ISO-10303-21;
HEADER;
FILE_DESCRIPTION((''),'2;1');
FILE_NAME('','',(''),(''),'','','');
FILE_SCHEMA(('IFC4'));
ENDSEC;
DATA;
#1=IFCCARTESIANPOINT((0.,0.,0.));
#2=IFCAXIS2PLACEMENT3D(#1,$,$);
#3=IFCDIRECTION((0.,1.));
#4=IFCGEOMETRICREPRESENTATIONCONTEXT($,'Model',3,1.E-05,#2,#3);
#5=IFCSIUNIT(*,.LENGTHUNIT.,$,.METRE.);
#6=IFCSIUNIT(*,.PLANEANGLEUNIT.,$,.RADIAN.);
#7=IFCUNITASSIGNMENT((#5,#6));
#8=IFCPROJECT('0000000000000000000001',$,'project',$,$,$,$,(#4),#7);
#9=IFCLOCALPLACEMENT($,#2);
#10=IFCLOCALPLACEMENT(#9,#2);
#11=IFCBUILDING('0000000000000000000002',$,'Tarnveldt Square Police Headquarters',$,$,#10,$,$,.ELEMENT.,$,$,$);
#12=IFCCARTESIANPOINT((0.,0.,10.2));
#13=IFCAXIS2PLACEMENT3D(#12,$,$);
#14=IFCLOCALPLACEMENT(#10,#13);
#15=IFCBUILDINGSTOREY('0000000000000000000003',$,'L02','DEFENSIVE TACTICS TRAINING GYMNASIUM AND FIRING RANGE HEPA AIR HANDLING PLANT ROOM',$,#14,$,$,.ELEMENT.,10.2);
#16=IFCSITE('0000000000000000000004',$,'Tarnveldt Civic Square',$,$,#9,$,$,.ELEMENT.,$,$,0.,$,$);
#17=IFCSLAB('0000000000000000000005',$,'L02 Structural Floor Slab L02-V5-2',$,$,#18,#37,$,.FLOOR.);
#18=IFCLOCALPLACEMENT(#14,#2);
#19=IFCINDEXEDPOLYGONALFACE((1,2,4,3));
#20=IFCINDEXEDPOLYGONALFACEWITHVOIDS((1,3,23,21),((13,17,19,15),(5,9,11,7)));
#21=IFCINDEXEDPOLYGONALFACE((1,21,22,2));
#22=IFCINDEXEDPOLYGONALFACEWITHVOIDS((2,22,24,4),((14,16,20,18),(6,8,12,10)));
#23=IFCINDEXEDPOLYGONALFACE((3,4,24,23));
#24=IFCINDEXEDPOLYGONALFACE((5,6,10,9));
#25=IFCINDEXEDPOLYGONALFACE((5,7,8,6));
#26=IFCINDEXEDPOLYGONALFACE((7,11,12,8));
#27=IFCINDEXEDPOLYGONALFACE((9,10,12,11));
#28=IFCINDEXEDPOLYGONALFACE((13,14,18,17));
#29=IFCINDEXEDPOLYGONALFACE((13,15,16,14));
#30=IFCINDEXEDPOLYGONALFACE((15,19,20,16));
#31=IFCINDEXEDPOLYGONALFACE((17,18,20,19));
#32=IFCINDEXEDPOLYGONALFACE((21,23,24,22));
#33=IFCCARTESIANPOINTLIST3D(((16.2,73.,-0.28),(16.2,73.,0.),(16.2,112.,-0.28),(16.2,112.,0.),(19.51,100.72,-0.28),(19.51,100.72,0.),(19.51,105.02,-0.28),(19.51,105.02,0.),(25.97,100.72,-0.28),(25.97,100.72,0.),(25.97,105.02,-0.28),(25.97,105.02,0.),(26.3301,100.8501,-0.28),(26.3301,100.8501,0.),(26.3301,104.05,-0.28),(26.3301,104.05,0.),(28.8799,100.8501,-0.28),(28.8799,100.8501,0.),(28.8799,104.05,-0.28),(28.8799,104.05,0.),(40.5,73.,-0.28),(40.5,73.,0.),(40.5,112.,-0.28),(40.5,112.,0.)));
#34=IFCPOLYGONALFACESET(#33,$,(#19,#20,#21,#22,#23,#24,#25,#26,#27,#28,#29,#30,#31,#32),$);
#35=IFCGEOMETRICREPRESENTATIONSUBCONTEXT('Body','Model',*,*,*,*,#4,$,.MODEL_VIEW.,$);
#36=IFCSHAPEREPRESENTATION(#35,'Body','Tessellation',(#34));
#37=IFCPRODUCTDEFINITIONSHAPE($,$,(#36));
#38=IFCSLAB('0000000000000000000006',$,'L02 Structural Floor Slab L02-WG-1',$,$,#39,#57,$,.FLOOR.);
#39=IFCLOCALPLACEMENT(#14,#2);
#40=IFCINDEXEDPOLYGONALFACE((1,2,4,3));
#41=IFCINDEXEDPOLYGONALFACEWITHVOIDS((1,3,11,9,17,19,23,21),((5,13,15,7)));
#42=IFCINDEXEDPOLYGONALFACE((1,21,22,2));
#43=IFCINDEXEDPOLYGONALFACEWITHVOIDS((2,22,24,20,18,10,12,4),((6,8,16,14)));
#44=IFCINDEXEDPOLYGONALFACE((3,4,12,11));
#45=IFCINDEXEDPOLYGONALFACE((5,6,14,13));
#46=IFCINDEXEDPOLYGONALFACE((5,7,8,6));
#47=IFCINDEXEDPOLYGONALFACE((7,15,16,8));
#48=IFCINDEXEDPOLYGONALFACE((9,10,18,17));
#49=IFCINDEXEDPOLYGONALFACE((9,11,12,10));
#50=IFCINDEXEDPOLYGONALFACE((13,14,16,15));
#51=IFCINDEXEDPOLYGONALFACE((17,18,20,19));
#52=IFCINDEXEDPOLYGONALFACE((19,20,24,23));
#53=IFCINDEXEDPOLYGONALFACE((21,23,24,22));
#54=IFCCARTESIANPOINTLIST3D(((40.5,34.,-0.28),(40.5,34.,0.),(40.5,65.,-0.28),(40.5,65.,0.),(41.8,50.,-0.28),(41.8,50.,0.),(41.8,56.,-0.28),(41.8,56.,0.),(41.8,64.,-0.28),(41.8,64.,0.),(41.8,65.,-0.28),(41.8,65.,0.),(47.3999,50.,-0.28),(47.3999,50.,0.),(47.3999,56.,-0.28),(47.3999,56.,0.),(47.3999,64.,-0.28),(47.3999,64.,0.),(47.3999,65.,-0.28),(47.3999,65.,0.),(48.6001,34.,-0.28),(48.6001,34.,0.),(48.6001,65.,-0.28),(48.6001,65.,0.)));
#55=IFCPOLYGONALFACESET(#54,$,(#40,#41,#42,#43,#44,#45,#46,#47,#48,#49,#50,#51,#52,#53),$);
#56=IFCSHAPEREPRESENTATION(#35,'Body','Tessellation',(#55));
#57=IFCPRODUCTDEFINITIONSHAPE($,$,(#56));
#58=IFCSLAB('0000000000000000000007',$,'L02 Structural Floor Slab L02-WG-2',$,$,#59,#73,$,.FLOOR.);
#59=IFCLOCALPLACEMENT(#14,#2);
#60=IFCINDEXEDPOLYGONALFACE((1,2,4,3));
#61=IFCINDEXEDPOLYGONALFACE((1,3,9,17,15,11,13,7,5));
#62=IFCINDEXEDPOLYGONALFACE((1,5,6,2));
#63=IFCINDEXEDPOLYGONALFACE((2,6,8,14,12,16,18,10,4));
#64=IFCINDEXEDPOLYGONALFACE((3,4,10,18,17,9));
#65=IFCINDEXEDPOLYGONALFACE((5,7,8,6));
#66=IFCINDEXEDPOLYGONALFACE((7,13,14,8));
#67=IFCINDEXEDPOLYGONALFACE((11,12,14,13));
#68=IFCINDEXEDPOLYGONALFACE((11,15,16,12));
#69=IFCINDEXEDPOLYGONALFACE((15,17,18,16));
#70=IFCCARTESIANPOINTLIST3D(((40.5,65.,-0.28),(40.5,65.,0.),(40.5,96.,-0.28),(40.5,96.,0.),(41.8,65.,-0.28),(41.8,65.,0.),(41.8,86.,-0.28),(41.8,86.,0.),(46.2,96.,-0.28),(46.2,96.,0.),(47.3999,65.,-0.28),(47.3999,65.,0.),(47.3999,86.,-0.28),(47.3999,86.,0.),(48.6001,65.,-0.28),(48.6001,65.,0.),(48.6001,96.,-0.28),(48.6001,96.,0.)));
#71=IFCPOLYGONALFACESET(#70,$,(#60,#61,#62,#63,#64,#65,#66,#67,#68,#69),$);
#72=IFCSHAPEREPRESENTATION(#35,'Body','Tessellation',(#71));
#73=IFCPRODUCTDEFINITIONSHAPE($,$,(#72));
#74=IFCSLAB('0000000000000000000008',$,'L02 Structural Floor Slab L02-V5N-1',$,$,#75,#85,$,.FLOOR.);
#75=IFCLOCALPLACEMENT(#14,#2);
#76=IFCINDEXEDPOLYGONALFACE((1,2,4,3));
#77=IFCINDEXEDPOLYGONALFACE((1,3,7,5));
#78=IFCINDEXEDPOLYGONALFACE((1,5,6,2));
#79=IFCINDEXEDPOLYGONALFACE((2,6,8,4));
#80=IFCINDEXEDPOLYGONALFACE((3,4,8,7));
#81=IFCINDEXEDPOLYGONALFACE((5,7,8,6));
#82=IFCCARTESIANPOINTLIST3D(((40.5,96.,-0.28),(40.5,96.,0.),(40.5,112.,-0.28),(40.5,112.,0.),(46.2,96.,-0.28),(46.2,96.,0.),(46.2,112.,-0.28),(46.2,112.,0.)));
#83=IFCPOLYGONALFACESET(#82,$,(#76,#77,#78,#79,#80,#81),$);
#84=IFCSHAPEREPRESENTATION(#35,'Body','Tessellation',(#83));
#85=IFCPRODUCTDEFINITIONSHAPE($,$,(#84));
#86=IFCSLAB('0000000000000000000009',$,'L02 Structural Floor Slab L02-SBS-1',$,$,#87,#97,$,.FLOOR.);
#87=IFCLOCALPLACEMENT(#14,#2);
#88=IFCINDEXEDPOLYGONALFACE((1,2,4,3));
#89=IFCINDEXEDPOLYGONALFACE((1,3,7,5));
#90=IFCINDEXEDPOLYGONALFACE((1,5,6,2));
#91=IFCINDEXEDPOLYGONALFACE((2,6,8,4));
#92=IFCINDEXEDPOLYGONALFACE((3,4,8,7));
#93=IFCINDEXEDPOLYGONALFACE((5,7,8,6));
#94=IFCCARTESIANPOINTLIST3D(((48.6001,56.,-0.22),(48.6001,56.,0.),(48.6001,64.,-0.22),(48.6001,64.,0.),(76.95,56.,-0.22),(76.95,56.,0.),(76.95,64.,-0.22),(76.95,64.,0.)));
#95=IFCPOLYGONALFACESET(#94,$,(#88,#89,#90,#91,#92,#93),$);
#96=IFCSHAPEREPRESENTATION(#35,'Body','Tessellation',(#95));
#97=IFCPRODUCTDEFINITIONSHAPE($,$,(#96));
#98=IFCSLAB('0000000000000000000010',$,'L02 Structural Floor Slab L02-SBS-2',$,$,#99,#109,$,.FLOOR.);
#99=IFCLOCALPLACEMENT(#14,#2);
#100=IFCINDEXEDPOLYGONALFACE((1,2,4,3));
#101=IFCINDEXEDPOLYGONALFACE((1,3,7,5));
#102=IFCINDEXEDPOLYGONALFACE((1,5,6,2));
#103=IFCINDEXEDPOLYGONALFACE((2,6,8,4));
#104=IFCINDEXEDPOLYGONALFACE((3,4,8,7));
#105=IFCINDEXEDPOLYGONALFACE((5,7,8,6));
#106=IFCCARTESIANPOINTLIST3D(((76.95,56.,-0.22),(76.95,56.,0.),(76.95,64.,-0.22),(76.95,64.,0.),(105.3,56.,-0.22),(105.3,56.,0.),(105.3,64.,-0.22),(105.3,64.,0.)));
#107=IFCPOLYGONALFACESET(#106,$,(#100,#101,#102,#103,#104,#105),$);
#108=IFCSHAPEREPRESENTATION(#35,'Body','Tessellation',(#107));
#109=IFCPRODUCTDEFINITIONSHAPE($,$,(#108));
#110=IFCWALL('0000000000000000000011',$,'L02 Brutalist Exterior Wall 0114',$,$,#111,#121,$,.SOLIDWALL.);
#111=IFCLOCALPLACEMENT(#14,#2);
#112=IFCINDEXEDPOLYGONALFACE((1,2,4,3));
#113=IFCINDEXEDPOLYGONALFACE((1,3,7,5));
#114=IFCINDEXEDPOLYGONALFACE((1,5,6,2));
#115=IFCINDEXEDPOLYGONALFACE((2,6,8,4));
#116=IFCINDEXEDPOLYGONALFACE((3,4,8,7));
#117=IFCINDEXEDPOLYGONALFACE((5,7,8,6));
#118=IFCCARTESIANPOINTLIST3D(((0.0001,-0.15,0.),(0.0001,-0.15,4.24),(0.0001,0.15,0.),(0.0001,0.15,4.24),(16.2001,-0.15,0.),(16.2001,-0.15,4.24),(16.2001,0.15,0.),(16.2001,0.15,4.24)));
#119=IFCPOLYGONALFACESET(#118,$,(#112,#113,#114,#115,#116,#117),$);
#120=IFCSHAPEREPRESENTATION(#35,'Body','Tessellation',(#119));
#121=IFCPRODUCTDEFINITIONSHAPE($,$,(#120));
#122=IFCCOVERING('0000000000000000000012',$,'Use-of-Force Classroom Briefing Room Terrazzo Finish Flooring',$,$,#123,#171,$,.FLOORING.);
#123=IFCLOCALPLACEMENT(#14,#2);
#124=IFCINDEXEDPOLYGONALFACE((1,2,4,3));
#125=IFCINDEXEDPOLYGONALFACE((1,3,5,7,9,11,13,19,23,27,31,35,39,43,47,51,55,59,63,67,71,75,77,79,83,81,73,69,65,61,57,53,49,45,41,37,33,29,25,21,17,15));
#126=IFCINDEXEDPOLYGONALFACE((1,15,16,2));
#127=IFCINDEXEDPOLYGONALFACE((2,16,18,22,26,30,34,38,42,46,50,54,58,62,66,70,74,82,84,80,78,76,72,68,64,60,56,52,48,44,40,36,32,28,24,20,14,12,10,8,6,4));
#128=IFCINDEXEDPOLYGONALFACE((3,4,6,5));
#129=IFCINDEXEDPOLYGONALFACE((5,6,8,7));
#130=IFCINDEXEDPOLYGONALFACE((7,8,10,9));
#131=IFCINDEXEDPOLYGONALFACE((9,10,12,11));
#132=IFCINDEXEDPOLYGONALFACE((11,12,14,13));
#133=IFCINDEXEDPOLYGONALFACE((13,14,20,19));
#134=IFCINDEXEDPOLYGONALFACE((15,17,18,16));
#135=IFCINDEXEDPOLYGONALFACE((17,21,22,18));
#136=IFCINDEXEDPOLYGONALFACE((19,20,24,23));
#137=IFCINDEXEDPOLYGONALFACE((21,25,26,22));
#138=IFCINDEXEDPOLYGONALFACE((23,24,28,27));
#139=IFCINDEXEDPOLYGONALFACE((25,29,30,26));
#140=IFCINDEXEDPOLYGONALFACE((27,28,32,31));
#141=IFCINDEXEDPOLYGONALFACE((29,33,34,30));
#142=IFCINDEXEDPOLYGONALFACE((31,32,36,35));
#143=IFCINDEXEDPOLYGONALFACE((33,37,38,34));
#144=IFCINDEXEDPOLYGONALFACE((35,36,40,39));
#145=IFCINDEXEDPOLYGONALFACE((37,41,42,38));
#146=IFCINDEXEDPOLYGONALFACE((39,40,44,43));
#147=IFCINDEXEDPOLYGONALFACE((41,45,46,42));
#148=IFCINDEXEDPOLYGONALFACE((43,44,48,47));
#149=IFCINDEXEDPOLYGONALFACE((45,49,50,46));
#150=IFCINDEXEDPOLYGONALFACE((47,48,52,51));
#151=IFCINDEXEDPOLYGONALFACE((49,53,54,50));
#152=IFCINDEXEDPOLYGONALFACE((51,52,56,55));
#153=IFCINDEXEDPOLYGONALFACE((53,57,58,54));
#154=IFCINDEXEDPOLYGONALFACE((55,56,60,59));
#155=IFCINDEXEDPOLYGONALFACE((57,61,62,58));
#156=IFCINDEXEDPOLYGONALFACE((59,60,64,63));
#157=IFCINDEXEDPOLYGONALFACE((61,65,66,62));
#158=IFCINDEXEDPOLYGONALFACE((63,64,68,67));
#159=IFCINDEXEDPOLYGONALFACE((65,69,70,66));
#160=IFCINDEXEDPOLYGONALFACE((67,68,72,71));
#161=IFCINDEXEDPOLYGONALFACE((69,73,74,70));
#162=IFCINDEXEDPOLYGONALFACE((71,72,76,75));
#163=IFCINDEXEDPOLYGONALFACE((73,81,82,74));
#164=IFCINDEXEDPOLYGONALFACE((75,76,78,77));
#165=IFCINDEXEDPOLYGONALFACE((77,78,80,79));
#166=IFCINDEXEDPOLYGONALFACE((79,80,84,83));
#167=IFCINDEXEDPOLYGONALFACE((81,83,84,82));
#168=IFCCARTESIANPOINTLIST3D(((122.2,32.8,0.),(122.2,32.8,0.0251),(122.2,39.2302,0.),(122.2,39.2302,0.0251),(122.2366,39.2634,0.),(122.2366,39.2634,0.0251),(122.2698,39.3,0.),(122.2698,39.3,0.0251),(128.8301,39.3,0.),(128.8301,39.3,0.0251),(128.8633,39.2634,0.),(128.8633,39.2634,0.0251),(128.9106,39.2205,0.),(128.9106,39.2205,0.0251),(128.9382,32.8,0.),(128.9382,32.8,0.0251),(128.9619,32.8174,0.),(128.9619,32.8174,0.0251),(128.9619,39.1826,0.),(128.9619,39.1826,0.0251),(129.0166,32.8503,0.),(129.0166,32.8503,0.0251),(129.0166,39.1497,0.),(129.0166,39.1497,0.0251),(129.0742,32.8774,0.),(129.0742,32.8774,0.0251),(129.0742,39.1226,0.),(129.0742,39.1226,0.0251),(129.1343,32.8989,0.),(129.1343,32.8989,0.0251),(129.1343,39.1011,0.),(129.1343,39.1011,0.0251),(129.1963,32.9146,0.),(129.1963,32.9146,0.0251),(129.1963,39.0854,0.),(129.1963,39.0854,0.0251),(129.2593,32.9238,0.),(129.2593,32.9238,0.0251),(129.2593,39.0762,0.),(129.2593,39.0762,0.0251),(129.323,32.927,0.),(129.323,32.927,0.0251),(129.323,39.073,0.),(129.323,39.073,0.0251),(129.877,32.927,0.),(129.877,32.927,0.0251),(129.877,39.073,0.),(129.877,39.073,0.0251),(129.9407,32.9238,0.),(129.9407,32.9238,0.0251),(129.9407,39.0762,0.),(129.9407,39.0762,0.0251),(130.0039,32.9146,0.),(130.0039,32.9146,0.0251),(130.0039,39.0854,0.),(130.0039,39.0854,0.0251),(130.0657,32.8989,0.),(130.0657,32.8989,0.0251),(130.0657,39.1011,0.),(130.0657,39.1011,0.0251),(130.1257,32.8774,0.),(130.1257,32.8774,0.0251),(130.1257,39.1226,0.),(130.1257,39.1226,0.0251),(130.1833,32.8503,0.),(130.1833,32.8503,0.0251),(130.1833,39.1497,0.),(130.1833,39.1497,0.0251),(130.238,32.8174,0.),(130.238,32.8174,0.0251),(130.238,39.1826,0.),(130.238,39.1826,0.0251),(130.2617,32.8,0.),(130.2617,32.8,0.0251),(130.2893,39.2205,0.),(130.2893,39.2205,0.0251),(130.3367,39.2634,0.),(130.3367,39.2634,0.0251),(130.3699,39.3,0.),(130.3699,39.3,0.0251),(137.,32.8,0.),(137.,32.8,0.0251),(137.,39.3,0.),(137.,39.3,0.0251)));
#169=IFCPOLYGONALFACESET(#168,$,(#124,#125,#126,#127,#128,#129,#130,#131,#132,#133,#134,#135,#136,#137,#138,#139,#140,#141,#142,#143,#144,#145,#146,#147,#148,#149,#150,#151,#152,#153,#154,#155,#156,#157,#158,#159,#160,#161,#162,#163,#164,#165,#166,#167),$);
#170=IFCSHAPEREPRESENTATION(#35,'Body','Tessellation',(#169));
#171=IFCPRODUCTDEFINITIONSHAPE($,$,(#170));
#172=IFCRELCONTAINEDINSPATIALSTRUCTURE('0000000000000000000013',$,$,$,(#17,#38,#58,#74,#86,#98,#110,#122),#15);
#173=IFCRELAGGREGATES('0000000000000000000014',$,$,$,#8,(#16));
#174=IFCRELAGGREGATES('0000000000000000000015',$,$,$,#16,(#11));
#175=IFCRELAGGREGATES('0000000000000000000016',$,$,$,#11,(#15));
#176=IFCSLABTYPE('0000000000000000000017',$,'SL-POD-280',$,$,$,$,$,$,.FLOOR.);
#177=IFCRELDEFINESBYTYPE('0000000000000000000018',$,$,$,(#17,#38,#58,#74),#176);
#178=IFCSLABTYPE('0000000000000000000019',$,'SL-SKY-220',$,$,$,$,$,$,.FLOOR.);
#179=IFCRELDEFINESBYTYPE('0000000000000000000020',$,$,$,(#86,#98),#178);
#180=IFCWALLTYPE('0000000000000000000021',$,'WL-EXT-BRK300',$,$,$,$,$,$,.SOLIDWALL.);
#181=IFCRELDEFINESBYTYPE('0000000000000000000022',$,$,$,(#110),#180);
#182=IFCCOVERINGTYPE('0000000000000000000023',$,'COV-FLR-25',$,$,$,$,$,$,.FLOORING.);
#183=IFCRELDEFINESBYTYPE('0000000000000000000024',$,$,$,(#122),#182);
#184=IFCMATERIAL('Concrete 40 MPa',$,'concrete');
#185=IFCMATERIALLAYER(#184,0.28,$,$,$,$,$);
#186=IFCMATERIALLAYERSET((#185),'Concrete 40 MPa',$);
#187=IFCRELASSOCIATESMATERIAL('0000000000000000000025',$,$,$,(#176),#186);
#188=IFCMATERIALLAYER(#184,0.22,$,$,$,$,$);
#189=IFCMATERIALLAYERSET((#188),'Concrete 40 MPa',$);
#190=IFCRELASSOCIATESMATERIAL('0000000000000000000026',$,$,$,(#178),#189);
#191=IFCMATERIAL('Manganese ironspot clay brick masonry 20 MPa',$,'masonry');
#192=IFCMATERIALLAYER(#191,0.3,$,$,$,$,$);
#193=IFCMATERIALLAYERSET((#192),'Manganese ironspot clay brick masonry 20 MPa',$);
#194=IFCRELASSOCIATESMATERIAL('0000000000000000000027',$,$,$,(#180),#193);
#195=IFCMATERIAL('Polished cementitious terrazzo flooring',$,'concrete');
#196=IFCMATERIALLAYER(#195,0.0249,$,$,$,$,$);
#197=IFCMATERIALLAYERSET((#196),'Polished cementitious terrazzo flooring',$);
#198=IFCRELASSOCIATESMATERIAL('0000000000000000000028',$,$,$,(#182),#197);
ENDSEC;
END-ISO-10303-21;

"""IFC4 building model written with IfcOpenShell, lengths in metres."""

from ifc_helpers import new_model, si_unit, direction, frame, frame_2d, origin, origin_with_axes, place, context, subcontext, project, spatial, polyline, rectangle, outline, extrude, material, layer, layer_set, type_object, element, save


model = new_model("IFC4")

# Units and contexts
model_context = context("Model", 3, precision=1e-05, world=origin(), true_north=direction((0.0, 1.0)))
body_context = subcontext(model_context, "Body", "Model", "MODEL_VIEW")
ifc_project = project(units=[si_unit("LENGTHUNIT", "METRE"), si_unit("PLANEANGLEUNIT", "RADIAN")], contexts=[model_context])

# Site, building, storey
site_placement = place(None, origin())
site = spatial("IfcSite", under=ifc_project, at=site_placement, Name="Tarnveldt Civic Square", CompositionType="ELEMENT", RefElevation=0.0)
building_placement = place(site_placement, origin())
building = spatial("IfcBuilding", under=site, at=building_placement, Name="Tarnveldt Square Police Headquarters", CompositionType="ELEMENT")
storey_placement = place(building_placement, frame((0.0, 0.0, 10.2)))
storey = spatial("IfcBuildingStorey", under=building, at=storey_placement, Name="L02", Description="DEFENSIVE TACTICS TRAINING GYMNASIUM AND FIRING RANGE HEPA AIR HANDLING PLANT ROOM", CompositionType="ELEMENT", Elevation=10.2)

# Shared definitions
ifc_material_1 = material(Name="Concrete 40 MPa", Category="concrete")

# Slabs
ifc_layer_1 = layer(ifc_material_1, 0.28)
ifc_layer_set_1 = layer_set([ifc_layer_1], Name="Concrete 40 MPa")
slab_type_1 = type_object("IfcSlabType", Name="SL-POD-280", PredefinedType="FLOOR", material=ifc_layer_set_1)
slab_1_placement = place(storey_placement, frame((0.0, 0.0, -0.28)))
element("IfcSlab", 1, at=slab_1_placement, inside=storey, type_object=slab_type_1, Name="L02 Structural Floor Slab L02-V5-2", PredefinedType="FLOOR", context=body_context, shape_type="SweptSolid", body=[
    extrude(outline(polyline([(40.5, 73.0), (16.2, 73.0), (16.2, 112.0), (40.5, 112.0), (40.5, 73.0)]), holes=[polyline([(26.3301, 104.05), (26.3301, 100.8501), (28.8799, 100.8501), (28.8799, 104.05), (26.3301, 104.05)]), polyline([(19.51, 105.02), (19.51, 100.72), (25.97, 100.72), (25.97, 105.02), (19.51, 105.02)])]), origin(), (0.0, 0.0, 1.0), 0.28),
])
slab_2_placement = place(storey_placement, frame((0.0, 0.0, -0.28)))
element("IfcSlab", 2, at=slab_2_placement, inside=storey, type_object=slab_type_1, Name="L02 Structural Floor Slab L02-WG-1", PredefinedType="FLOOR", context=body_context, shape_type="SweptSolid", body=[
    extrude(outline(polyline([(40.5, 65.0), (41.8, 65.0), (41.8, 64.0), (47.3999, 64.0), (47.3999, 65.0), (48.6001, 65.0), (48.6001, 34.0), (40.5, 34.0), (40.5, 65.0)]), holes=[polyline([(41.8, 56.0), (41.8, 50.0), (47.3999, 50.0), (47.3999, 56.0), (41.8, 56.0)])]), origin(), (0.0, 0.0, 1.0), 0.28),
])
slab_3_placement = place(storey_placement, frame((0.0, 0.0, -0.28)))
element("IfcSlab", 3, at=slab_3_placement, inside=storey, type_object=slab_type_1, Name="L02 Structural Floor Slab L02-WG-2", PredefinedType="FLOOR", context=body_context, shape_type="SweptSolid", body=[
    extrude(outline(polyline([(40.5, 96.0), (46.2, 96.0), (48.6001, 96.0), (48.6001, 65.0), (47.3999, 65.0), (47.3999, 86.0), (41.8, 86.0), (41.8, 65.0), (40.5, 65.0), (40.5, 96.0)])), origin(), (0.0, 0.0, 1.0), 0.28),
])
slab_4_placement = place(storey_placement, frame((0.0, 0.0, -0.28)))
element("IfcSlab", 4, at=slab_4_placement, inside=storey, type_object=slab_type_1, Name="L02 Structural Floor Slab L02-V5N-1", PredefinedType="FLOOR", context=body_context, shape_type="SweptSolid", body=[
    extrude(outline(polyline([(40.5, 96.0), (40.5, 112.0), (46.2, 112.0), (46.2, 96.0), (40.5, 96.0)])), origin(), (0.0, 0.0, 1.0), 0.28),
])
ifc_layer_2 = layer(ifc_material_1, 0.22)
ifc_layer_set_2 = layer_set([ifc_layer_2], Name="Concrete 40 MPa")
slab_type_2 = type_object("IfcSlabType", Name="SL-SKY-220", PredefinedType="FLOOR", material=ifc_layer_set_2)
slab_5_placement = place(storey_placement, frame((0.0, 0.0, -0.22)))
element("IfcSlab", 5, at=slab_5_placement, inside=storey, type_object=slab_type_2, Name="L02 Structural Floor Slab L02-SBS-1", PredefinedType="FLOOR", context=body_context, shape_type="SweptSolid", body=[
    extrude(outline(polyline([(48.6001, 64.0), (76.95, 64.0), (76.95, 56.0), (48.6001, 56.0), (48.6001, 64.0)])), origin(), (0.0, 0.0, 1.0), 0.22),
])
slab_6_placement = place(storey_placement, frame((0.0, 0.0, -0.22)))
element("IfcSlab", 6, at=slab_6_placement, inside=storey, type_object=slab_type_2, Name="L02 Structural Floor Slab L02-SBS-2", PredefinedType="FLOOR", context=body_context, shape_type="SweptSolid", body=[
    extrude(outline(polyline([(105.3, 64.0), (105.3, 56.0), (76.95, 56.0), (76.95, 64.0), (105.3, 64.0)])), origin(), (0.0, 0.0, 1.0), 0.22),
])

# Wall
ifc_material_2 = material(Name="Manganese ironspot clay brick masonry 20 MPa", Category="masonry")
ifc_layer_3 = layer(ifc_material_2, 0.3)
ifc_layer_set_3 = layer_set([ifc_layer_3], Name="Manganese ironspot clay brick masonry 20 MPa")
wall_type = type_object("IfcWallType", Name="WL-EXT-BRK300", PredefinedType="SOLIDWALL", material=ifc_layer_set_3)
wall_placement = place(storey_placement, origin_with_axes())
element("IfcWall", 7, at=wall_placement, inside=storey, type_object=wall_type, Name="L02 Brutalist Exterior Wall 0114", PredefinedType="SOLIDWALL", context=body_context, shape_type="SweptSolid", body=[
    extrude(rectangle(XDim=16.2, YDim=0.3, at=frame_2d((8.1001, 0.0))), origin(), (0.0, 0.0, 1.0), 4.24),
])

# Covering
ifc_material_3 = material(Name="Polished cementitious terrazzo flooring", Category="concrete")
ifc_layer_4 = layer(ifc_material_3, 0.0249)
ifc_layer_set_4 = layer_set([ifc_layer_4], Name="Polished cementitious terrazzo flooring")
covering_type = type_object("IfcCoveringType", Name="COV-FLR-25", PredefinedType="FLOORING", material=ifc_layer_set_4)
covering_1_placement = place(storey_placement, origin())
element("IfcCovering", 8, at=covering_1_placement, inside=storey, type_object=covering_type, Name="Use-of-Force Classroom Briefing Room Terrazzo Finish Flooring", PredefinedType="FLOORING", context=body_context, shape_type="SweptSolid", body=[
    extrude(outline(polyline([(122.2, 39.2302), (122.2366, 39.2634), (122.2698, 39.3), (128.8301, 39.3), (128.8633, 39.2634), (128.9106, 39.2205), (128.9619, 39.1826), (129.0166, 39.1497), (129.0742, 39.1226), (129.1343, 39.1011), (129.1963, 39.0854), (129.2593, 39.0762), (129.323, 39.073), (129.877, 39.073), (129.9407, 39.0762), (130.0039, 39.0854), (130.0657, 39.1011), (130.1257, 39.1226), (130.1833, 39.1497), (130.238, 39.1826), (130.2893, 39.2205), (130.3367, 39.2634), (130.3699, 39.3), (137.0, 39.3), (137.0, 32.8), (130.2617, 32.8), (130.238, 32.8174), (130.1833, 32.8503), (130.1257, 32.8774), (130.0657, 32.8989), (130.0039, 32.9146), (129.9407, 32.9238), (129.877, 32.927), (129.323, 32.927), (129.2593, 32.9238), (129.1963, 32.9146), (129.1343, 32.8989), (129.0742, 32.8774), (129.0166, 32.8503), (128.9619, 32.8174), (128.9382, 32.8), (122.2, 32.8), (122.2, 39.2302)])), origin(), (0.0, 0.0, 1.0), 0.0251),
])

save(model, "model.ifc")
